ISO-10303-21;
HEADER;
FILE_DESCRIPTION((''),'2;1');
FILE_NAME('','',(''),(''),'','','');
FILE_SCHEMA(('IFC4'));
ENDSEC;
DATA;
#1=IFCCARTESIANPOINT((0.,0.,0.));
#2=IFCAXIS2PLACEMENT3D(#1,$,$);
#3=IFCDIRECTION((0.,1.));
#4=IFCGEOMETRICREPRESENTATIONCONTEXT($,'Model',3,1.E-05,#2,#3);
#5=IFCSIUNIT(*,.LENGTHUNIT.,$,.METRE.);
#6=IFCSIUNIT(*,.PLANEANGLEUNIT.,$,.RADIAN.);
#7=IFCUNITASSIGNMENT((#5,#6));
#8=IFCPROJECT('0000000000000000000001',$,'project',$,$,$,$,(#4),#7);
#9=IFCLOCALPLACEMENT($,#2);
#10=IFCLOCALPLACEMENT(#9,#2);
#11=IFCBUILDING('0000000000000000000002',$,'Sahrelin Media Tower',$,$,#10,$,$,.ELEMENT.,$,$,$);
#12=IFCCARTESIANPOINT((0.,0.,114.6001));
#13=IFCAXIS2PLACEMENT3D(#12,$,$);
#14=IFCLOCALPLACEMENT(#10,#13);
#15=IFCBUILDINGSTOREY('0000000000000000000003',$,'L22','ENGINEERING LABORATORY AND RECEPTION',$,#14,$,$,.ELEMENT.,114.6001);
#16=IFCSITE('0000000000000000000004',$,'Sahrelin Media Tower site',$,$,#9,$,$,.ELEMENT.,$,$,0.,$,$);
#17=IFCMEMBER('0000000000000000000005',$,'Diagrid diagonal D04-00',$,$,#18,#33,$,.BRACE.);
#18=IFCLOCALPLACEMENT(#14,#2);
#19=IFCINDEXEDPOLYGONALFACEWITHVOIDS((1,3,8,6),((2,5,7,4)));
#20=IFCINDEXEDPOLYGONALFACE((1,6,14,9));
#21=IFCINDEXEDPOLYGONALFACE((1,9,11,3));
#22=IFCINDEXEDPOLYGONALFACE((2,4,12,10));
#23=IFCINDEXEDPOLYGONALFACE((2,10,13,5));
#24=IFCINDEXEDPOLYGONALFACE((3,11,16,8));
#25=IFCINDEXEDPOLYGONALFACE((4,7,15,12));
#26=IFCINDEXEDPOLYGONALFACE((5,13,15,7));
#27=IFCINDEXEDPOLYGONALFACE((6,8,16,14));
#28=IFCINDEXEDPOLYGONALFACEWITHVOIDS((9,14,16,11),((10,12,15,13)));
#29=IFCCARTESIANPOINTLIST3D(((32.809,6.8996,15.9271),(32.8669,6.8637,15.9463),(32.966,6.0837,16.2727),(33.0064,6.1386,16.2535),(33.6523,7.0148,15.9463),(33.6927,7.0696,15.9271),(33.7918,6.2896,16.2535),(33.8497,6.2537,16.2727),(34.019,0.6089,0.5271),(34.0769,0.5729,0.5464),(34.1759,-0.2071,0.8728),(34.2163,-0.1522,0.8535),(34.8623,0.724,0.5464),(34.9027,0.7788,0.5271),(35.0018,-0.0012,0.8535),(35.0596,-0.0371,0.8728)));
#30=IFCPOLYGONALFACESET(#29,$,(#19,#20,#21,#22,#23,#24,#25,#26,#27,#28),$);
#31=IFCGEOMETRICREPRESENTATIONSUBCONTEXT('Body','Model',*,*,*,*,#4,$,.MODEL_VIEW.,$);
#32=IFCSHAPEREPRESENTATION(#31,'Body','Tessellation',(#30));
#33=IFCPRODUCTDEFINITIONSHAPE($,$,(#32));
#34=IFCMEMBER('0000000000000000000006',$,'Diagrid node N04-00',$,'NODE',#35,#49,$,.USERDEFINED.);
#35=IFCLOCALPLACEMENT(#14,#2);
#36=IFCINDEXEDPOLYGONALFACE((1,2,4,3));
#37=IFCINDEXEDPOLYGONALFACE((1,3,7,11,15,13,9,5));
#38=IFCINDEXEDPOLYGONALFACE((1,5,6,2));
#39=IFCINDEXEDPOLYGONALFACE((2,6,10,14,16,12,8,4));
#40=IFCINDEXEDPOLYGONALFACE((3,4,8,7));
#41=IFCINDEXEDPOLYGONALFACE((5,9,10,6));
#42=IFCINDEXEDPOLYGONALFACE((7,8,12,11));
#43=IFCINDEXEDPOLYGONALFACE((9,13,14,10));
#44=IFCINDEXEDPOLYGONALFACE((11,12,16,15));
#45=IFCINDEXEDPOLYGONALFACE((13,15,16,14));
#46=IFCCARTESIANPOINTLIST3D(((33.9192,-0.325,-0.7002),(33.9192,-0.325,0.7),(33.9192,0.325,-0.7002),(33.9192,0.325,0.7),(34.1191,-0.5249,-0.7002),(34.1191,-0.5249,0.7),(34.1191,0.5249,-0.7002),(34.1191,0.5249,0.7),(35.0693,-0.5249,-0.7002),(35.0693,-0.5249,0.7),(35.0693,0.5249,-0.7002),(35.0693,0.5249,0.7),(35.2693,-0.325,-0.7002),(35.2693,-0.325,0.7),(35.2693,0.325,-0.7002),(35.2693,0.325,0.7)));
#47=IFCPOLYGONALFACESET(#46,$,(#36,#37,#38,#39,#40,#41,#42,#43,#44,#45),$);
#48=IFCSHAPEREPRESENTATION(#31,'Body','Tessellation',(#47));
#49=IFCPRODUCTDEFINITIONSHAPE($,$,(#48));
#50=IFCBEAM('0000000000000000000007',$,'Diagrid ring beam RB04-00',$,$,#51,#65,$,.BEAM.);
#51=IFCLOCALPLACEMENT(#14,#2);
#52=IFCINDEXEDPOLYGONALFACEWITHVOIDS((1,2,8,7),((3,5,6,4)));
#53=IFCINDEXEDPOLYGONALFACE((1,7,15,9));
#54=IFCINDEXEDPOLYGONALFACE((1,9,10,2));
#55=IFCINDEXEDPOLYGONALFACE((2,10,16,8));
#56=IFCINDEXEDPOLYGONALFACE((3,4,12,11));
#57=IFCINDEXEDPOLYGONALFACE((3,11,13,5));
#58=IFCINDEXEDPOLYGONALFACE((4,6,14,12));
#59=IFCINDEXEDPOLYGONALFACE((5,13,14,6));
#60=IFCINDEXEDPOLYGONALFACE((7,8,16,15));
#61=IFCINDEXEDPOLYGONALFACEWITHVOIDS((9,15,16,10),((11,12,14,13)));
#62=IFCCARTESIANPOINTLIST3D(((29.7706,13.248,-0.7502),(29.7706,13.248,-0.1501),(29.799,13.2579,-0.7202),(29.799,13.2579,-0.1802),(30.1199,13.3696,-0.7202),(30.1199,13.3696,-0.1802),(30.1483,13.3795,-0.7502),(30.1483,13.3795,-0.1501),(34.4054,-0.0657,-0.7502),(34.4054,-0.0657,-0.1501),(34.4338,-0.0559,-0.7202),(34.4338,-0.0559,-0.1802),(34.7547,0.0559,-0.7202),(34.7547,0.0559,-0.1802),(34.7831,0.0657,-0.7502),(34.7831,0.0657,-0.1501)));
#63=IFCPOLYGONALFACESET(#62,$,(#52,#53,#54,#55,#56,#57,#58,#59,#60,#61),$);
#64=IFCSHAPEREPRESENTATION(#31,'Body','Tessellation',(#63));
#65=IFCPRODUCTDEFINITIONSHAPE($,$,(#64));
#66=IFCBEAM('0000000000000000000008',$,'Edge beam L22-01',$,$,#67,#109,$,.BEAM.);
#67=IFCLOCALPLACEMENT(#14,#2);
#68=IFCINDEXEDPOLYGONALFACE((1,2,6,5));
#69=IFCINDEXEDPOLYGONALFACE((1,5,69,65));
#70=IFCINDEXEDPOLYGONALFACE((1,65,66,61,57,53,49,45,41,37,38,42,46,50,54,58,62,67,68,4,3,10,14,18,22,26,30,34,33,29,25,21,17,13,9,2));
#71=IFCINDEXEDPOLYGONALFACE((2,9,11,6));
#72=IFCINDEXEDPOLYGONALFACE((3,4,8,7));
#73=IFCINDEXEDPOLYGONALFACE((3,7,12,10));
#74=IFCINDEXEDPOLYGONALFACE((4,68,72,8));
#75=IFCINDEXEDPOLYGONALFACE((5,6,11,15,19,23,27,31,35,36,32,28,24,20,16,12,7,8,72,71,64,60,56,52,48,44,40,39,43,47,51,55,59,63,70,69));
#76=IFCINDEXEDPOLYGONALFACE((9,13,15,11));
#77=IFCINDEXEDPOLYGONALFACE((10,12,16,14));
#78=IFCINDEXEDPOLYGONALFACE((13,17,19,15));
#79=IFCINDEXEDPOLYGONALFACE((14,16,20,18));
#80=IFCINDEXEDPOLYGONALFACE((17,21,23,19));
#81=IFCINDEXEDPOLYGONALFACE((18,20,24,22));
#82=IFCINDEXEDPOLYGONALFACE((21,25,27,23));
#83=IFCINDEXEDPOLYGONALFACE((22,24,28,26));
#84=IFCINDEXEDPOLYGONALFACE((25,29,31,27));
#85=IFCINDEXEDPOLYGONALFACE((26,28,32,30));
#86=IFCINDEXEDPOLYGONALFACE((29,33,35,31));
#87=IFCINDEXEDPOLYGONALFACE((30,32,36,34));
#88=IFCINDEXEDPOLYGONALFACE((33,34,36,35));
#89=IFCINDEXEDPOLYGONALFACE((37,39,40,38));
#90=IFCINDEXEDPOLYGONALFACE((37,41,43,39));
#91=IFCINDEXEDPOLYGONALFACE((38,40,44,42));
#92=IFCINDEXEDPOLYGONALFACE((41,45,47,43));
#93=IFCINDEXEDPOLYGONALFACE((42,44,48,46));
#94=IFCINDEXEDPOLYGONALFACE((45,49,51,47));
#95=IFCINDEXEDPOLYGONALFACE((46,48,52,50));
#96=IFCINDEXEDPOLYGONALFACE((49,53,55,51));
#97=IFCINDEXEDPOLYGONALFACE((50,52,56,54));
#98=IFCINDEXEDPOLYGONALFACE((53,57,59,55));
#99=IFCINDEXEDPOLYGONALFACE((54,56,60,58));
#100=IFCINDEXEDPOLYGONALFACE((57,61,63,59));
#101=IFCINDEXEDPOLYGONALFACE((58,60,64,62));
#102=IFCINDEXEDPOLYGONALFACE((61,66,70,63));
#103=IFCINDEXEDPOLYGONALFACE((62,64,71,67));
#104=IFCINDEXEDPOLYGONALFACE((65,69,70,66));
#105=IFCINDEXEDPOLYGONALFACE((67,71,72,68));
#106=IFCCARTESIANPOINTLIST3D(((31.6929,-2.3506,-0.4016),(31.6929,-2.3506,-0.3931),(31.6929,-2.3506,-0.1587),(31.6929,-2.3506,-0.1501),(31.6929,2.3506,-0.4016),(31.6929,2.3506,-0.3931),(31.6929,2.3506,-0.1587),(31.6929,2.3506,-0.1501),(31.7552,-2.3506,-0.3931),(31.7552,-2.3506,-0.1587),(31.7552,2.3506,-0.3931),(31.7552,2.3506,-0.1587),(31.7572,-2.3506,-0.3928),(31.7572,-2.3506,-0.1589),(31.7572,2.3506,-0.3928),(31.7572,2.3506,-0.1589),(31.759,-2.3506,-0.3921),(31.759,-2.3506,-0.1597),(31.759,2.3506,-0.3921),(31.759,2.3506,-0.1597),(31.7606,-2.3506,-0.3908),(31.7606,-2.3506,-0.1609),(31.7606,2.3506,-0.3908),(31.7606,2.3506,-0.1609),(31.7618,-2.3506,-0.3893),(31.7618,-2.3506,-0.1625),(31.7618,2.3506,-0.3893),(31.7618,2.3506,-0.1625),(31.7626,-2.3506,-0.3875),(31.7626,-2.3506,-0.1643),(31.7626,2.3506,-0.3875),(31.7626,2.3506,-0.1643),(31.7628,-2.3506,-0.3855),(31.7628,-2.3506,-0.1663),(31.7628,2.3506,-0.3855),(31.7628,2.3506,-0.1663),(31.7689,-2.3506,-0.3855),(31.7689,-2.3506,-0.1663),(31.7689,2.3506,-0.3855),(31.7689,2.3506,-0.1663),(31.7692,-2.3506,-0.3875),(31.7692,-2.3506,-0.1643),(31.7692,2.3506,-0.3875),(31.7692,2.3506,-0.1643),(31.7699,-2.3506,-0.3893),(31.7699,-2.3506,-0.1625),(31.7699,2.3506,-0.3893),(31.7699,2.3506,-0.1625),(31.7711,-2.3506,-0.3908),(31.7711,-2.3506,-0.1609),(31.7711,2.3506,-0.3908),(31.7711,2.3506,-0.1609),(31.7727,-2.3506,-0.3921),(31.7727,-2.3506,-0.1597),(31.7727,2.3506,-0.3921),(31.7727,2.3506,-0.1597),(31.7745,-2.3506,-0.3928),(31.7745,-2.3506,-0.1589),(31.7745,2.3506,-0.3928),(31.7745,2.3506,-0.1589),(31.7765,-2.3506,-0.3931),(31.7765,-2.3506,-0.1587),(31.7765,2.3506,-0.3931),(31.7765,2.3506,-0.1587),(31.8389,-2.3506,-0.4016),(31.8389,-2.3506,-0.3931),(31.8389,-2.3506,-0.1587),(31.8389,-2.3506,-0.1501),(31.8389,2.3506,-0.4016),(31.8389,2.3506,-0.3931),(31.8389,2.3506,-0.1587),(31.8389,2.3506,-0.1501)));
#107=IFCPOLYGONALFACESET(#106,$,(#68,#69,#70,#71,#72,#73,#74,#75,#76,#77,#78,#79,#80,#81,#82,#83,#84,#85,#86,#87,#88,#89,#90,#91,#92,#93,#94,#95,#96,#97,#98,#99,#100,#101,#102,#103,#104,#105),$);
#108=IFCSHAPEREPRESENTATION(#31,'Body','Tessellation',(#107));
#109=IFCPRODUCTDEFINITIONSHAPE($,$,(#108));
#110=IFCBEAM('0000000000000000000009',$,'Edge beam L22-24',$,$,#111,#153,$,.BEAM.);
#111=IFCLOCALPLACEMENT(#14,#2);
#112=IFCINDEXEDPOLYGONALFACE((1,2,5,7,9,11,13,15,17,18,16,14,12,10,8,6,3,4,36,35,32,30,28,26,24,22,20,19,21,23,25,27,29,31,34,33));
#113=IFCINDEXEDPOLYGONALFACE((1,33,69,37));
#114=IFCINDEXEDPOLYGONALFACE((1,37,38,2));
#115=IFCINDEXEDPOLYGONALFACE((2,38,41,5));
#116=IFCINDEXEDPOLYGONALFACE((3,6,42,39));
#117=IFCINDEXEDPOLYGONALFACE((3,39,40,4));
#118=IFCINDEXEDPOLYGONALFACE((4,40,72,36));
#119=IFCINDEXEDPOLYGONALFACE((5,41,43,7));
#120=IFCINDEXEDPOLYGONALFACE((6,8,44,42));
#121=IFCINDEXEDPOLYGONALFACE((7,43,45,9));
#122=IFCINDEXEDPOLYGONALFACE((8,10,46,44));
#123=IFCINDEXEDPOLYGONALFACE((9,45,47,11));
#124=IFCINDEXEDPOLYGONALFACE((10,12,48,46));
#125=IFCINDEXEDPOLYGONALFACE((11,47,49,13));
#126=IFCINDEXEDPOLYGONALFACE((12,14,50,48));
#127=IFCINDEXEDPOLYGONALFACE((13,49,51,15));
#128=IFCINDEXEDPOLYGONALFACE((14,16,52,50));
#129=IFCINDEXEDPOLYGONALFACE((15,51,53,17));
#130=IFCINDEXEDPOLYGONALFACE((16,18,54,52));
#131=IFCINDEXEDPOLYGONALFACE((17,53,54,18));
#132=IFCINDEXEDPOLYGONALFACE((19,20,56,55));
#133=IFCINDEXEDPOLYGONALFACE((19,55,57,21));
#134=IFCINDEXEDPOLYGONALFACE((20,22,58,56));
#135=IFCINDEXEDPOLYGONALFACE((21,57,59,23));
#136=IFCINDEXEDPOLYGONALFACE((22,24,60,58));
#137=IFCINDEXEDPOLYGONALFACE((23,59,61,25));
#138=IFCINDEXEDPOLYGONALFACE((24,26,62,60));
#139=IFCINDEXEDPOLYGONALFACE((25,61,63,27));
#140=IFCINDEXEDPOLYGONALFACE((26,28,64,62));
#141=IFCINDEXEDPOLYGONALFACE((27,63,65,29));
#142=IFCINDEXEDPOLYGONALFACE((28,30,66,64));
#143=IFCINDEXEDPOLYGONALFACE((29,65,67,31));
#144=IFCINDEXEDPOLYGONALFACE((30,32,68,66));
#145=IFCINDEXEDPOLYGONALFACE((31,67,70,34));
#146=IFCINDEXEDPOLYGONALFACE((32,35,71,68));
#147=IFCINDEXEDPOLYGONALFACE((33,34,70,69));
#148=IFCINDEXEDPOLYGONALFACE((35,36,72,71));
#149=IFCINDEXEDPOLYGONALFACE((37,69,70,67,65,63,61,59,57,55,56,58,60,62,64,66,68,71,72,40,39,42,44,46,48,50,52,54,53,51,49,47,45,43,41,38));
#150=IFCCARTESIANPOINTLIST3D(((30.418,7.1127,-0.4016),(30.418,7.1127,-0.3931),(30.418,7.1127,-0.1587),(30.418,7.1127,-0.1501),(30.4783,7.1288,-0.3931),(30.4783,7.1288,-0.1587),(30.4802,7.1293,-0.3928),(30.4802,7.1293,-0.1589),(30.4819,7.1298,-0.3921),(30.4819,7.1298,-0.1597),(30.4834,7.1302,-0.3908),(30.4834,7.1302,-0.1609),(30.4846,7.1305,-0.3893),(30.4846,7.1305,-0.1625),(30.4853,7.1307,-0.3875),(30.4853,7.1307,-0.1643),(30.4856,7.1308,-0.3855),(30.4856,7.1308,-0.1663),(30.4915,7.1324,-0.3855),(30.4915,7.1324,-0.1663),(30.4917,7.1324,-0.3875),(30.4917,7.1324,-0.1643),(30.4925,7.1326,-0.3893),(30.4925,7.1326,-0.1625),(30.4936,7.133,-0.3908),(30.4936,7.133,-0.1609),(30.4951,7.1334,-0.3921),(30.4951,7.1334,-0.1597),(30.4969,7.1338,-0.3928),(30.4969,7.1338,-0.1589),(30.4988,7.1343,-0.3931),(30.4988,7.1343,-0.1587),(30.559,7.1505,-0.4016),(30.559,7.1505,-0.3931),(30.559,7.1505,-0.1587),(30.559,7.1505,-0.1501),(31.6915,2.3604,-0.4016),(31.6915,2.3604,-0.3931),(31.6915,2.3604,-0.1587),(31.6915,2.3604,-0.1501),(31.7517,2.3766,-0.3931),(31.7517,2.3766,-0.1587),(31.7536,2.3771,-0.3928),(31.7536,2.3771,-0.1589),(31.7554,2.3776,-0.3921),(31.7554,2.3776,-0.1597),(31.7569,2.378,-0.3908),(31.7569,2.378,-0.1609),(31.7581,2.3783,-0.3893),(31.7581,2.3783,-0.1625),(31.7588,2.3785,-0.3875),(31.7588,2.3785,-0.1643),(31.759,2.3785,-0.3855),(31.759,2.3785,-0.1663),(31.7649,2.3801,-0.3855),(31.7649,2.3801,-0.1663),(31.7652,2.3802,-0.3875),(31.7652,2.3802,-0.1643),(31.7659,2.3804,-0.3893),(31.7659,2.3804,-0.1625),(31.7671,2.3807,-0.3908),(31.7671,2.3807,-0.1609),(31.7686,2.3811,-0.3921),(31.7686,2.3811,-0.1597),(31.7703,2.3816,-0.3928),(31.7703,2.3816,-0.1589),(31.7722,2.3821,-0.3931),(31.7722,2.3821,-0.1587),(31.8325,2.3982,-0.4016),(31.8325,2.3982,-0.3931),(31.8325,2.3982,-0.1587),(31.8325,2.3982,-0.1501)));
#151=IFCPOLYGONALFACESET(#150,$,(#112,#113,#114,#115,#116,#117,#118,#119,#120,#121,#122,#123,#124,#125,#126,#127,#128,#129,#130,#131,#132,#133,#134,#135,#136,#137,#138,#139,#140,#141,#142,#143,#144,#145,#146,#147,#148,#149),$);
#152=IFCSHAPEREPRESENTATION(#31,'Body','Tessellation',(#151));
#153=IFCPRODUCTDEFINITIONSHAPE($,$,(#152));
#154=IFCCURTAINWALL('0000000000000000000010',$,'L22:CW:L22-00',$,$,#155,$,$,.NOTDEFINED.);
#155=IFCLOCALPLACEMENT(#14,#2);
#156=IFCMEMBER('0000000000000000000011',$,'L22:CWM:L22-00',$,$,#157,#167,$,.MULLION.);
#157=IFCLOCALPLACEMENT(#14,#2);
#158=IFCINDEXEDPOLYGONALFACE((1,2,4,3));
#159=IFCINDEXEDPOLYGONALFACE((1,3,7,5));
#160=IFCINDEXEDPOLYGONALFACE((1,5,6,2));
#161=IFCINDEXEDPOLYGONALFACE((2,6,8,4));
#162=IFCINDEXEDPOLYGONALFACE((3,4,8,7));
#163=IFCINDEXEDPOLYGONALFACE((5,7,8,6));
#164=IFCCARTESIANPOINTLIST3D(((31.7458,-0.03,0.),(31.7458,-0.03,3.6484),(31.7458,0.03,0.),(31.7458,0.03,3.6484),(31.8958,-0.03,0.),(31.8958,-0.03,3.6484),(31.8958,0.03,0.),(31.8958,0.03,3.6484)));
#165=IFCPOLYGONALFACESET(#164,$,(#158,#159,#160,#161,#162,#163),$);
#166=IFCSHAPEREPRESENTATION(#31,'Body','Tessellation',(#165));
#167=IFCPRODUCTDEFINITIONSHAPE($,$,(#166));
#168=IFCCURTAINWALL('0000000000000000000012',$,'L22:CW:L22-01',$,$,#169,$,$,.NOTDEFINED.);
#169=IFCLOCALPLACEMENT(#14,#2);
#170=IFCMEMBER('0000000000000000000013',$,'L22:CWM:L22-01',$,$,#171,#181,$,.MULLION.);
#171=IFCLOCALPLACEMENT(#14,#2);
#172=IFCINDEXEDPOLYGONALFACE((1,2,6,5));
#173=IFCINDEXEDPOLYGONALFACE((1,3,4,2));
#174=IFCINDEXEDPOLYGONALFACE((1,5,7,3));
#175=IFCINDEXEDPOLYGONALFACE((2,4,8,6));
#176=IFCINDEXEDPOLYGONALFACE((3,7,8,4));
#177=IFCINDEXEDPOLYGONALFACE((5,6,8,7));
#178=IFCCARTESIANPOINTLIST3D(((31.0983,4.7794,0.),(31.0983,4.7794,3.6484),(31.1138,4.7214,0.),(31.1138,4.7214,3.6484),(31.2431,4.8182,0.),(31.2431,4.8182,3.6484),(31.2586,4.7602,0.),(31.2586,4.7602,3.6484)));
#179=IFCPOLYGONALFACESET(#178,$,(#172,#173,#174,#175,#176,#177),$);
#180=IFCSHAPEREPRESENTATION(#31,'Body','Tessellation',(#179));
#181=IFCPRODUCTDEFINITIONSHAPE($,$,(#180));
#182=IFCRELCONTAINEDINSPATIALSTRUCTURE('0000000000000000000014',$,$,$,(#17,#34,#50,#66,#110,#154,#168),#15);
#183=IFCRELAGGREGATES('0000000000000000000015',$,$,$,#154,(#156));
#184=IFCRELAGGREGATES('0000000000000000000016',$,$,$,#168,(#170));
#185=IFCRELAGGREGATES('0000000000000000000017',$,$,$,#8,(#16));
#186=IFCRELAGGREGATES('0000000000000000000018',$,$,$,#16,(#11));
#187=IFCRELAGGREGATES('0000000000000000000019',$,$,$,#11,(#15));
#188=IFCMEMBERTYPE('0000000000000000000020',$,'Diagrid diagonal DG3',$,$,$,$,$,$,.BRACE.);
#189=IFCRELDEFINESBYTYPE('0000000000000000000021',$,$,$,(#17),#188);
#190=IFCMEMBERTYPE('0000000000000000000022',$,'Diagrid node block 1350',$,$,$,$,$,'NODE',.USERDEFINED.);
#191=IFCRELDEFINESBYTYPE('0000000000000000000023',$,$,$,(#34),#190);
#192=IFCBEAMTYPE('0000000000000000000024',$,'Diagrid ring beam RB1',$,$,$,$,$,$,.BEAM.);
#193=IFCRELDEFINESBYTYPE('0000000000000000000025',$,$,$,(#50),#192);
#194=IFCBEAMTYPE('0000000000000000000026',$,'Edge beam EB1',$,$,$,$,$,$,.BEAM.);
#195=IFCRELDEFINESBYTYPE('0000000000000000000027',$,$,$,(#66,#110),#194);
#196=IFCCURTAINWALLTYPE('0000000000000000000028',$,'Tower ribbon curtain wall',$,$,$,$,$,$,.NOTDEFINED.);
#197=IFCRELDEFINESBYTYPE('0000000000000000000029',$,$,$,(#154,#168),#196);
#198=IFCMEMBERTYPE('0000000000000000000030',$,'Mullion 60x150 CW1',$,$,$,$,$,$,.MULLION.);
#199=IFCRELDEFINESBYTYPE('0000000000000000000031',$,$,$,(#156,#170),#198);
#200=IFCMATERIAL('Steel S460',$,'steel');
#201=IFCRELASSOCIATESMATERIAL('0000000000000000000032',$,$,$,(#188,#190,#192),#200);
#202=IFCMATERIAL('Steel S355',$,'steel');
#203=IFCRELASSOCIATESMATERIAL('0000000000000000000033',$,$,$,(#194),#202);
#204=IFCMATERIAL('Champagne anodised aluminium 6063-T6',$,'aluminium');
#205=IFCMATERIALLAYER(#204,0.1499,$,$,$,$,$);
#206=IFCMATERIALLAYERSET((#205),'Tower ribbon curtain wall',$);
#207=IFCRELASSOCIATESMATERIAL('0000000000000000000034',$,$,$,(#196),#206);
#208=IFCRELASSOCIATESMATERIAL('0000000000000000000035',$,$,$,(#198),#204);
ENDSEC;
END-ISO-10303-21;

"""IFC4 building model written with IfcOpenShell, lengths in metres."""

from ifc_helpers import new_model, si_unit, direction, frame, origin, origin_2d, place, context, subcontext, project, spatial, polyline, rectangle, hollow_rectangle, i_section, outline, extrude, material, layer, layer_set, material_profile, profile_set, type_object, element, aggregate, save


model = new_model("IFC4")

# Units and contexts
model_context = context("Model", 3, precision=1e-05, world=origin(), true_north=direction((0.0, 1.0)))
body_context = subcontext(model_context, "Body", "Model", "MODEL_VIEW")
ifc_project = project(units=[si_unit("LENGTHUNIT", "METRE"), si_unit("PLANEANGLEUNIT", "RADIAN")], contexts=[model_context])

# Site, building, storey
site_placement = place(None, origin())
site = spatial("IfcSite", under=ifc_project, at=site_placement, Name="Sahrelin Media Tower site", CompositionType="ELEMENT", RefElevation=0.0)
building_placement = place(site_placement, origin())
building = spatial("IfcBuilding", under=site, at=building_placement, Name="Sahrelin Media Tower", CompositionType="ELEMENT")
storey_placement = place(building_placement, frame((0.0, 0.0, 114.6001)))
storey = spatial("IfcBuildingStorey", under=building, at=storey_placement, Name="L22", Description="ENGINEERING LABORATORY AND RECEPTION", CompositionType="ELEMENT", Elevation=114.6001)

# Members
ifc_material_1 = material(Name="Steel S460", Category="steel")
ifc_material_profile_1 = material_profile(ifc_material_1, hollow_rectangle(XDim=0.8999, YDim=0.8999, WallThickness=0.05, at=origin_2d()), Name="Diagrid diagonal DG3")
ifc_profile_set_1 = profile_set([ifc_material_profile_1], Name="Steel S460")
member_type_1 = type_object("IfcMemberType", Name="Diagrid diagonal DG3", PredefinedType="BRACE", material=ifc_profile_set_1)
member_1_placement = place(storey_placement, frame((34.5393, 0.2859, 0.7), z_axis=(-0.072543, 0.377163, 0.923301), x_axis=(-0.982001, -0.188877, 0.0)))
element("IfcMember", 1, at=member_1_placement, inside=storey, type_object=member_type_1, Name="Diagrid diagonal D04-00", PredefinedType="BRACE", context=body_context, shape_type="SweptSolid", body=[
    extrude(hollow_rectangle(XDim=0.8999, YDim=0.8999, WallThickness=0.05, at=origin_2d()), origin(), (0.0, 0.0, 1.0), 16.6792),
])
ifc_material_profile_2 = material_profile(ifc_material_1, outline(polyline([(0.4751, -0.5249), (0.675, -0.325), (0.675, 0.325), (0.4751, 0.5249), (-0.4751, 0.5249), (-0.675, 0.325), (-0.675, -0.325), (-0.4751, -0.5249), (0.4751, -0.5249)])), Name="Diagrid node block 1350")
ifc_profile_set_2 = profile_set([ifc_material_profile_2], Name="Steel S460")
member_type_2 = type_object("IfcMemberType", Name="Diagrid node block 1350", ElementType="NODE", PredefinedType="USERDEFINED", material=ifc_profile_set_2)
member_2_placement = place(storey_placement, frame((34.5942, 0.0, -0.7002), z_axis=(0.0, 0.0, 1.0), x_axis=(1.0, 0.0, 0.0)))
element("IfcMember", 2, at=member_2_placement, inside=storey, type_object=member_type_2, Name="Diagrid node N04-00", ObjectType="NODE", PredefinedType="USERDEFINED", context=body_context, shape_type="SweptSolid", body=[
    extrude(outline(polyline([(0.4751, -0.5249), (0.675, -0.325), (0.675, 0.325), (0.4751, 0.5249), (-0.4751, 0.5249), (-0.675, 0.325), (-0.675, -0.325), (-0.4751, -0.5249), (0.4751, -0.5249)])), origin(), (0.0, 0.0, 1.0), 1.4001),
])

# Beams
ifc_material_profile_3 = material_profile(ifc_material_1, hollow_rectangle(XDim=0.3999, YDim=0.6001, WallThickness=0.03, at=origin_2d()), Name="Diagrid ring beam RB1")
ifc_profile_set_3 = profile_set([ifc_material_profile_3], Name="Steel S460")
beam_type_1 = type_object("IfcBeamType", Name="Diagrid ring beam RB1", PredefinedType="BEAM", material=ifc_profile_set_3)
beam_1_placement = place(storey_placement, frame((34.5942, 0.0, -0.4502), z_axis=(-0.328768, 0.944411, 0.0), x_axis=(-0.944411, -0.328768, 0.0)))
element("IfcBeam", 3, at=beam_1_placement, inside=storey, type_object=beam_type_1, Name="Diagrid ring beam RB04-00", PredefinedType="BEAM", context=body_context, shape_type="SweptSolid", body=[
    extrude(hollow_rectangle(XDim=0.3999, YDim=0.6001, WallThickness=0.03, at=origin_2d()), origin(), (0.0, 0.0, 1.0), 14.0974),
])
ifc_material_2 = material(Name="Steel S355", Category="steel")
ifc_material_profile_4 = material_profile(ifc_material_2, i_section(OverallWidth=0.146, OverallDepth=0.2515, WebThickness=0.0061, FlangeThickness=0.0085, FilletRadius=0.0076, at=origin_2d()), Name="UB 254x146x31")
ifc_profile_set_4 = profile_set([ifc_material_profile_4], Name="Steel S355")
beam_type_2 = type_object("IfcBeamType", Name="Edge beam EB1", PredefinedType="BEAM", material=ifc_profile_set_4)
beam_2_placement = place(storey_placement, frame((31.7659, 2.3506, -0.2759), z_axis=(0.0, -1.0, 0.0), x_axis=(1.0, 0.0, 0.0)))
element("IfcBeam", 4, at=beam_2_placement, inside=storey, type_object=beam_type_2, Name="Edge beam L22-01", PredefinedType="BEAM", context=body_context, shape_type="SweptSolid", body=[
    extrude(i_section(OverallWidth=0.146, OverallDepth=0.2515, WebThickness=0.0061, FlangeThickness=0.0085, FilletRadius=0.0076, at=origin_2d()), origin(), (0.0, 0.0, 1.0), 4.7012),
])
beam_3_placement = place(storey_placement, frame((30.4885, 7.1316, -0.2759), z_axis=(0.258836, -0.965921, 0.0), x_axis=(0.965921, 0.258836, 0.0)))
element("IfcBeam", 5, at=beam_3_placement, inside=storey, type_object=beam_type_2, Name="Edge beam L22-24", PredefinedType="BEAM", context=body_context, shape_type="SweptSolid", body=[
    extrude(i_section(OverallWidth=0.146, OverallDepth=0.2515, WebThickness=0.0061, FlangeThickness=0.0085, FilletRadius=0.0076, at=origin_2d()), origin(), (0.0, 0.0, 1.0), 4.9199),
])

# Curtain walls, members
ifc_material_3 = material(Name="Champagne anodised aluminium 6063-T6", Category="aluminium")
ifc_layer_1 = layer(ifc_material_3, 0.1499)
ifc_layer_set_1 = layer_set([ifc_layer_1], Name="Tower ribbon curtain wall")
curtain_wall_type = type_object("IfcCurtainWallType", Name="Tower ribbon curtain wall", PredefinedType="NOTDEFINED", material=ifc_layer_set_1)
curtain_wall_1_placement = place(storey_placement, frame((31.9158, 0.0, 0.0), z_axis=(0.0, 0.0, 1.0), x_axis=(1.0, 0.0, 0.0)))
curtain_wall_1 = element("IfcCurtainWall", 6, at=curtain_wall_1_placement, inside=storey, type_object=curtain_wall_type, Name="L22:CW:L22-00", PredefinedType="NOTDEFINED")
ifc_material_profile_5 = material_profile(ifc_material_3, rectangle(XDim=0.0601, YDim=0.1499, at=origin_2d()), Name="Mullion 60x150")
ifc_profile_set_5 = profile_set([ifc_material_profile_5], Name="Champagne anodised aluminium 6063-T6")
member_type_3 = type_object("IfcMemberType", Name="Mullion 60x150 CW1", PredefinedType="MULLION", material=ifc_profile_set_5)
member_3_placement = place(storey_placement, frame((31.8208, 0.0, 0.0), z_axis=(0.0, 0.0, 1.0), x_axis=(0.0, 1.0, 0.0)))
member_3 = element("IfcMember", 7, at=member_3_placement, type_object=member_type_3, Name="L22:CWM:L22-00", PredefinedType="MULLION", context=body_context, shape_type="SweptSolid", body=[
    extrude(rectangle(XDim=0.0601, YDim=0.1499, at=origin_2d()), origin(), (0.0, 0.0, 1.0), 3.6484),
])
aggregate(curtain_wall_1, [member_3])
curtain_wall_2_placement = place(storey_placement, frame((31.2703, 4.7942, 0.0), z_axis=(0.0, 0.0, 1.0), x_axis=(1.0, 0.0, 0.0)))
curtain_wall_2 = element("IfcCurtainWall", 8, at=curtain_wall_2_placement, inside=storey, type_object=curtain_wall_type, Name="L22:CW:L22-01", PredefinedType="NOTDEFINED")
member_4_placement = place(storey_placement, frame((31.1785, 4.7698, 0.0), z_axis=(0.0, 0.0, 1.0), x_axis=(-0.258836, 0.965921, 0.0)))
member_4 = element("IfcMember", 9, at=member_4_placement, type_object=member_type_3, Name="L22:CWM:L22-01", PredefinedType="MULLION", context=body_context, shape_type="SweptSolid", body=[
    extrude(rectangle(XDim=0.0601, YDim=0.1499, at=origin_2d()), origin(), (0.0, 0.0, 1.0), 3.6484),
])

aggregate(curtain_wall_2, [member_4])

save(model, "model.ifc")
